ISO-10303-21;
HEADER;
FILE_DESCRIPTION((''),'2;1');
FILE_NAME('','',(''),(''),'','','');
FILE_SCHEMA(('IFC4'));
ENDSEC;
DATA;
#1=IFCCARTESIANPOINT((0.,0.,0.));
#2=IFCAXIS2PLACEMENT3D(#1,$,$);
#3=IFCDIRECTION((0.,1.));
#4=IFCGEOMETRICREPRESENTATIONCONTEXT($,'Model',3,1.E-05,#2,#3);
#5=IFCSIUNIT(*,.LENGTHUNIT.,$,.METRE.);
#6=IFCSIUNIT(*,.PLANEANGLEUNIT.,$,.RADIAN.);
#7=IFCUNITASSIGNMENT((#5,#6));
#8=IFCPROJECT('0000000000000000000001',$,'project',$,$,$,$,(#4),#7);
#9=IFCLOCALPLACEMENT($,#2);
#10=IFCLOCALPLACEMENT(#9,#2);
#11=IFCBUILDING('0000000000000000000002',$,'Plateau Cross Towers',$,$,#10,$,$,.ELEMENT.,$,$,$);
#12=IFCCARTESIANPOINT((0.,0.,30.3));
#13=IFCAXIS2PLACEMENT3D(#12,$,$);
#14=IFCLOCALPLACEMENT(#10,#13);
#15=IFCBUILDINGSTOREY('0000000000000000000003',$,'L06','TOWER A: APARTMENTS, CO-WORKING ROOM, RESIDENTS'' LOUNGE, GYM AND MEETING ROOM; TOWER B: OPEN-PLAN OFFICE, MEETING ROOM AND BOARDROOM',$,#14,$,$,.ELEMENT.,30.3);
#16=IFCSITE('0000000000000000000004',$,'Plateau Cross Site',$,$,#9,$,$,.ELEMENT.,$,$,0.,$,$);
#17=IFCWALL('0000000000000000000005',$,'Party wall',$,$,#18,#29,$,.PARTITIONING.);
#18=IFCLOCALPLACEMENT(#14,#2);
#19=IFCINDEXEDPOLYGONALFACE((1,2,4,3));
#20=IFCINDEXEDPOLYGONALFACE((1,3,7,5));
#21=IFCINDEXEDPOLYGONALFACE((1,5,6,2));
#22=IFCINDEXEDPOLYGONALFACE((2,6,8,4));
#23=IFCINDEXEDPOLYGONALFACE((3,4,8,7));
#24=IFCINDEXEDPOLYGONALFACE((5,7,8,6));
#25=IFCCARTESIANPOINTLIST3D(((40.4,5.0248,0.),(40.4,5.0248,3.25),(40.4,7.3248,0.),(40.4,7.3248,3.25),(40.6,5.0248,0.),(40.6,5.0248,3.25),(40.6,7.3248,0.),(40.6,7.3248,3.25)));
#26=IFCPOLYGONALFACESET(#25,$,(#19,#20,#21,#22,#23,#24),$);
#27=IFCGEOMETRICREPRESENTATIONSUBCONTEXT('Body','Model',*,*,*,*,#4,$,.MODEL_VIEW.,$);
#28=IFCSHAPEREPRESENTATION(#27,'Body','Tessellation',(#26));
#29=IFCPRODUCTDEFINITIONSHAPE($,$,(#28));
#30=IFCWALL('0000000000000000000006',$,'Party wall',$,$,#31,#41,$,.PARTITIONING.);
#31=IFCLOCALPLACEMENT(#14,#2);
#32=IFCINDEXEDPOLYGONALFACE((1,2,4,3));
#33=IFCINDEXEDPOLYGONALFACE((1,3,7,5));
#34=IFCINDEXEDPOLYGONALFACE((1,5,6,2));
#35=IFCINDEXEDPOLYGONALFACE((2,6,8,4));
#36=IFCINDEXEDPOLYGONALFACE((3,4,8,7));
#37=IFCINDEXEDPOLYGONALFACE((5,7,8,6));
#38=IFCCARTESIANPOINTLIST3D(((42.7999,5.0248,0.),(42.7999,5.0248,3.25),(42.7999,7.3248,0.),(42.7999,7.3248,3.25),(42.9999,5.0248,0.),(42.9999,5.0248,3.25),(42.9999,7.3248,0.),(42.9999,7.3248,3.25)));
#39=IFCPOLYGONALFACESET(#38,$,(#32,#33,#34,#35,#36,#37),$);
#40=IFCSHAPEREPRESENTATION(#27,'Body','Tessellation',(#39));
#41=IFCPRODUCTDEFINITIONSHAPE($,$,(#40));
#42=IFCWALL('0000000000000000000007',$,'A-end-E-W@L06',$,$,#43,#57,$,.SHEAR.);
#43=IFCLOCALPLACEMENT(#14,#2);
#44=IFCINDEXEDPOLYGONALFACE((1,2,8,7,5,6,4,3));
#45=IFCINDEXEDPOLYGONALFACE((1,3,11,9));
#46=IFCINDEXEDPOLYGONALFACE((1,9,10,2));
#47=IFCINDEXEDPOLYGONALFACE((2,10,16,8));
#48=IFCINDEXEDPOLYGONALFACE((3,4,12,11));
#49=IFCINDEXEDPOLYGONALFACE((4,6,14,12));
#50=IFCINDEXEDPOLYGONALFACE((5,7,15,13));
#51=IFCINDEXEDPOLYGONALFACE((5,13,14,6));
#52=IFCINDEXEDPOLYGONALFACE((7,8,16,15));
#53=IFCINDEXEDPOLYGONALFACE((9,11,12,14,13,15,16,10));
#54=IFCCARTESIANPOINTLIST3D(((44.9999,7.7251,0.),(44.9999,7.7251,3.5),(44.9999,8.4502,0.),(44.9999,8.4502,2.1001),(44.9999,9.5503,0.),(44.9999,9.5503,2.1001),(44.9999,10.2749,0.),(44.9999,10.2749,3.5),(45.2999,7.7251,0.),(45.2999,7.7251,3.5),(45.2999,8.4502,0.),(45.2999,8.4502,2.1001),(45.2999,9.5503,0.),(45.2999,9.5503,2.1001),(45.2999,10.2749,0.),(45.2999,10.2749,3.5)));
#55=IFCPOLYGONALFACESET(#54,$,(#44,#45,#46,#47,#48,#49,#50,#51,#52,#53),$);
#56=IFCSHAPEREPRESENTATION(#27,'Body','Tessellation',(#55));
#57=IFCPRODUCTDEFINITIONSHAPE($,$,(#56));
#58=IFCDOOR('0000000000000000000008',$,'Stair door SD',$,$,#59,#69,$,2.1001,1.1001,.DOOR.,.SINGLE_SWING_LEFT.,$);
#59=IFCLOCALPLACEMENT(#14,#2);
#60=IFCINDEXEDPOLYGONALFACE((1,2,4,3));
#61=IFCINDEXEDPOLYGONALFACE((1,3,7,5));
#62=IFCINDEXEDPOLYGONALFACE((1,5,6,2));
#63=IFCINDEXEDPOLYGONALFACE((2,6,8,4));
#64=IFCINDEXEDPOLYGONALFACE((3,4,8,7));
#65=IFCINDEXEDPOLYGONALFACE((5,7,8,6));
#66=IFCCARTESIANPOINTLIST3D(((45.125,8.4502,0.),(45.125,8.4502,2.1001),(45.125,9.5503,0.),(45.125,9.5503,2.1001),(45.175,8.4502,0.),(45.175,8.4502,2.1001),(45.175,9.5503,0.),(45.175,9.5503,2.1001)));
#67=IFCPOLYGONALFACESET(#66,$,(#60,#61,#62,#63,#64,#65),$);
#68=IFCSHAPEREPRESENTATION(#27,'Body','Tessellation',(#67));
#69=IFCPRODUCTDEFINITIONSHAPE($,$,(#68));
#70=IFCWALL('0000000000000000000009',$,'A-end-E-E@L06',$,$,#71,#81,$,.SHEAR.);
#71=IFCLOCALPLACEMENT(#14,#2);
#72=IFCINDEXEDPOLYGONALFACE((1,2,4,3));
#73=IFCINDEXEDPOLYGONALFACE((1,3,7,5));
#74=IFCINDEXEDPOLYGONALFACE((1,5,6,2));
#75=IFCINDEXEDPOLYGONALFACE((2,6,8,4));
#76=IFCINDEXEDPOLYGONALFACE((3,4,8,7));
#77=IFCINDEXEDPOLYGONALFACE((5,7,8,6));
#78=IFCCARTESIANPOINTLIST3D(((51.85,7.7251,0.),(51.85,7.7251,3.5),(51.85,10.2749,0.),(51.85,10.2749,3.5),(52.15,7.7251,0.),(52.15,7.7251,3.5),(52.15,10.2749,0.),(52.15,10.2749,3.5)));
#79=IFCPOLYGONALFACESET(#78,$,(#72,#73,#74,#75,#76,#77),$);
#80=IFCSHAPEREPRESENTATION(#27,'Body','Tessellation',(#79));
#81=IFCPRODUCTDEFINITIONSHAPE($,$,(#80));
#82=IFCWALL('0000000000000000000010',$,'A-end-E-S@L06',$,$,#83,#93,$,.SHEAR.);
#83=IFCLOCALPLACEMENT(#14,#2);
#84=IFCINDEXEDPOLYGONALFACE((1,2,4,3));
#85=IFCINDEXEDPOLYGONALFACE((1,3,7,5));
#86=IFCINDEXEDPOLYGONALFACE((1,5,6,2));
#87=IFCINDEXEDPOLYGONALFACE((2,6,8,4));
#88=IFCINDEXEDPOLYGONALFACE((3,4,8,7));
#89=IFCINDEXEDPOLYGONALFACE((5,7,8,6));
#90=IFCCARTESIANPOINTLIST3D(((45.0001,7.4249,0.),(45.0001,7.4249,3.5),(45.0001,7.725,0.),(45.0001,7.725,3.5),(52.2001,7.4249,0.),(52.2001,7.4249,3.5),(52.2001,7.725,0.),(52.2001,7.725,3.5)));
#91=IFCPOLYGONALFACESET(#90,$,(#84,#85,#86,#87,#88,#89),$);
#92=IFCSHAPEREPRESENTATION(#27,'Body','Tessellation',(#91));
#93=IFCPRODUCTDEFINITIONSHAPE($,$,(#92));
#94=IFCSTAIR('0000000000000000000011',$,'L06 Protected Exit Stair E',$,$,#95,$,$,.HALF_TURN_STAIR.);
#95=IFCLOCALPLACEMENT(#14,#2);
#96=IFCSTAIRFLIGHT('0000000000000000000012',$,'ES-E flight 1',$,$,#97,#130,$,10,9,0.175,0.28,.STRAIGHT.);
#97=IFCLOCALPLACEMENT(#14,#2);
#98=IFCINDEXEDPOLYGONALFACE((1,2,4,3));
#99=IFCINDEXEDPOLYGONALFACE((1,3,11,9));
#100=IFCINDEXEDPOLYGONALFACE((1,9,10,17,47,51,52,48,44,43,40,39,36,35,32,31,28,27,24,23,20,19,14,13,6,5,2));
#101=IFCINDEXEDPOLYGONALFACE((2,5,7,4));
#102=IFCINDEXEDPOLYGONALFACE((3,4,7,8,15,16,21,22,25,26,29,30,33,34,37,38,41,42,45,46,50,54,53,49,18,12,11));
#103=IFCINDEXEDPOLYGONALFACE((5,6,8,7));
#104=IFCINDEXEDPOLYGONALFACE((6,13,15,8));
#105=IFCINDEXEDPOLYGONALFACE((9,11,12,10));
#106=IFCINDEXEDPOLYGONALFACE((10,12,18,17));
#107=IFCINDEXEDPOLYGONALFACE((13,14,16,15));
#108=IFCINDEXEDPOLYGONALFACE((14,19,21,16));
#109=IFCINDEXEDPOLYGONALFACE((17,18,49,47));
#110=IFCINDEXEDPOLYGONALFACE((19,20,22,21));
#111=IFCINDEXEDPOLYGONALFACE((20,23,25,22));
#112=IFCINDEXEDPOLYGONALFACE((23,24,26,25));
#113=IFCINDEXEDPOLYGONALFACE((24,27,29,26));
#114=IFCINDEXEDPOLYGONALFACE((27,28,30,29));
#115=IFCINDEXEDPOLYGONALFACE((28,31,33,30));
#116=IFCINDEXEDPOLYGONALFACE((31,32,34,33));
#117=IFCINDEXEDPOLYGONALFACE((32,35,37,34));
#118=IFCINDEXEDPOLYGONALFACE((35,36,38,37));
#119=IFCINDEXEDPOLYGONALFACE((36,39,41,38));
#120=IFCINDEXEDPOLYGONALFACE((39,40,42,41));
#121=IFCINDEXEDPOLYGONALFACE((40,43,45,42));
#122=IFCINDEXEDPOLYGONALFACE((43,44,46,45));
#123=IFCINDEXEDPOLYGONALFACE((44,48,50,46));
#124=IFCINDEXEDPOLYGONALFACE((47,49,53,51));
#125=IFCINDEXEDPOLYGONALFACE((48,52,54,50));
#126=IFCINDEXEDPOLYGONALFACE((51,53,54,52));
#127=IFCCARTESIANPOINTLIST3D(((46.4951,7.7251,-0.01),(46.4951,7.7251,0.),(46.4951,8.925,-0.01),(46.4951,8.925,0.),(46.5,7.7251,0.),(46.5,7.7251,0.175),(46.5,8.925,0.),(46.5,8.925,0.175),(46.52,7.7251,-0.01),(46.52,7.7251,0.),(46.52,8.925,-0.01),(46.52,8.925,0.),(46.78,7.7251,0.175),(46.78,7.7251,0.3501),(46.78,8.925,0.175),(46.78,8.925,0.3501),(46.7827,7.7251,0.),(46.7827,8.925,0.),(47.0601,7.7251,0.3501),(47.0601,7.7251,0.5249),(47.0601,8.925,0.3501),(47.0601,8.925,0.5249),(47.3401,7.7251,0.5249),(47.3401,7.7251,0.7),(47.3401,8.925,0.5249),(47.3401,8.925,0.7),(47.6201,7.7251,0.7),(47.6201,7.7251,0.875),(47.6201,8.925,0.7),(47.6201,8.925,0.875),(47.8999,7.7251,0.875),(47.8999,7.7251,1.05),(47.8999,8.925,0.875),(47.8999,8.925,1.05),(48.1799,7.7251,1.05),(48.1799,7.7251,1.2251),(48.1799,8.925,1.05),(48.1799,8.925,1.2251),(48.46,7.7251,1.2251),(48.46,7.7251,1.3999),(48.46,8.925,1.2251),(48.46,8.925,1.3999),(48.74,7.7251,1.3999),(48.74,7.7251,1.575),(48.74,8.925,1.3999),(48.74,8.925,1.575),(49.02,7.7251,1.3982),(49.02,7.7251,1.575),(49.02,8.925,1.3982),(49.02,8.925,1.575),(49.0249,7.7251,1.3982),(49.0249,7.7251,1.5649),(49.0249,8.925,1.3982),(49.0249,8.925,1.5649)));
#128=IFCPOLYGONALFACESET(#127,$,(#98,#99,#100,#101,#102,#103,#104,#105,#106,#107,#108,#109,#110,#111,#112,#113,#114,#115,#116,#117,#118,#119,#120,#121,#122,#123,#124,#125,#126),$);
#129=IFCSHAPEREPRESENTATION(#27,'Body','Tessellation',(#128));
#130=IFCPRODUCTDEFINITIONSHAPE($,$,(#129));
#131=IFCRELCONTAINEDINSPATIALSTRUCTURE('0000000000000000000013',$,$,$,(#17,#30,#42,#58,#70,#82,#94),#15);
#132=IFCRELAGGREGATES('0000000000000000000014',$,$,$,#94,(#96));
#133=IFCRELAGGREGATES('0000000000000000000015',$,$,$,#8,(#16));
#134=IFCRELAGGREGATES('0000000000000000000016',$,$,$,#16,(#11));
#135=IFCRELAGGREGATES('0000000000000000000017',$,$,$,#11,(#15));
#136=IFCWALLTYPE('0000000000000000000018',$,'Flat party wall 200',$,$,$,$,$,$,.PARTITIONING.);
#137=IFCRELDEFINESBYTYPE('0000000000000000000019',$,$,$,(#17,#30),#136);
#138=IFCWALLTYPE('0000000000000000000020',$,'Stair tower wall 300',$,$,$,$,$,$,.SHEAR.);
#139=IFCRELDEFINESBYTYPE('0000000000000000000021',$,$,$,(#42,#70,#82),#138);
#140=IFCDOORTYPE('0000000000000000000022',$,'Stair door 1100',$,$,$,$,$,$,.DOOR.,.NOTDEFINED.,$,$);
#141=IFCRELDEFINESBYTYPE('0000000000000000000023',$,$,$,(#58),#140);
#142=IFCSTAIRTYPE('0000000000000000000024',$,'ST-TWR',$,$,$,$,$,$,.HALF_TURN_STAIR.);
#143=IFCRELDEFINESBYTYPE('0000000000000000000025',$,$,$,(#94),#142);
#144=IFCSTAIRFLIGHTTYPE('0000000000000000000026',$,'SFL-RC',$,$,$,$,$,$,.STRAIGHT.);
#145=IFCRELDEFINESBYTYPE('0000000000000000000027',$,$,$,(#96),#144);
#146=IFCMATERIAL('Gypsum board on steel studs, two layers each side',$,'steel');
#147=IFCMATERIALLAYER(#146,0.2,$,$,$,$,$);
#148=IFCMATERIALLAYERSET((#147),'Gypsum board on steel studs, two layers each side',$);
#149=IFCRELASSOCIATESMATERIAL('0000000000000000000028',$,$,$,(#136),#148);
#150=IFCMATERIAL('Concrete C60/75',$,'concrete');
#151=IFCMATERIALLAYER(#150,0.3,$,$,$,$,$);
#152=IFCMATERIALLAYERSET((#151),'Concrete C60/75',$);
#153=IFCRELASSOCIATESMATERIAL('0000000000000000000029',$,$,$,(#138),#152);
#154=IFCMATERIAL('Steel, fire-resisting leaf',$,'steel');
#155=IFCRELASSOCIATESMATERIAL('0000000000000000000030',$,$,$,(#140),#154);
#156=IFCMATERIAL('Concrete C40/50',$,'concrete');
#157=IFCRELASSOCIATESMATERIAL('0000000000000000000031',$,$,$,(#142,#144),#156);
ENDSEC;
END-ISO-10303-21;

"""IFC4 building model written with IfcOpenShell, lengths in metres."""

from ifc_helpers import new_model, si_unit, direction, frame, frame_2d, origin, place, context, subcontext, project, spatial, polyline, rectangle, outline, extrude, material, layer, layer_set, type_object, element, fill, aggregate, save


model = new_model("IFC4")

# Units and contexts
model_context = context("Model", 3, precision=1e-05, world=origin(), true_north=direction((0.0, 1.0)))
body_context = subcontext(model_context, "Body", "Model", "MODEL_VIEW")
ifc_project = project(units=[si_unit("LENGTHUNIT", "METRE"), si_unit("PLANEANGLEUNIT", "RADIAN")], contexts=[model_context])

# Site, building, storey
site_placement = place(None, origin())
site = spatial("IfcSite", under=ifc_project, at=site_placement, Name="Plateau Cross Site", CompositionType="ELEMENT", RefElevation=0.0)
building_placement = place(site_placement, origin())
building = spatial("IfcBuilding", under=site, at=building_placement, Name="Plateau Cross Towers", CompositionType="ELEMENT")
storey_placement = place(building_placement, frame((0.0, 0.0, 30.3)))
storey = spatial("IfcBuildingStorey", under=building, at=storey_placement, Name="L06", Description="TOWER A: APARTMENTS, CO-WORKING ROOM, RESIDENTS' LOUNGE, GYM AND MEETING ROOM; TOWER B: OPEN-PLAN OFFICE, MEETING ROOM AND BOARDROOM", CompositionType="ELEMENT", Elevation=30.3)

# Shared definitions
ifc_material_1 = material(Name="Concrete C60/75", Category="concrete")

# Walls
ifc_material_2 = material(Name="Gypsum board on steel studs, two layers each side", Category="steel")
ifc_layer_1 = layer(ifc_material_2, 0.2)
ifc_layer_set_1 = layer_set([ifc_layer_1], Name="Gypsum board on steel studs, two layers each side")
wall_type_1 = type_object("IfcWallType", Name="Flat party wall 200", PredefinedType="PARTITIONING", material=ifc_layer_set_1)
for number, where, z_axis, x_axis, name in (
    (1, (40.5, 5.0249, 0.0), (0.0, 0.0, 1.0), (0.0, 1.0, 0.0), "Party wall"),
    (2, (42.8999, 5.0249, 0.0), (0.0, 0.0, 1.0), (0.0, 1.0, 0.0), "Party wall"),
):
    element("IfcWall", number, at=place(storey_placement, frame(where, z_axis=z_axis, x_axis=x_axis)), inside=storey, type_object=wall_type_1, Name=name, PredefinedType="PARTITIONING", context=body_context, shape_type="SweptSolid", body=[
        extrude(rectangle(XDim=2.3, YDim=0.2, at=frame_2d((1.1499, 0.0))), origin(), (0.0, 0.0, 1.0), 3.25),
    ])

# Wall, opening, door
ifc_layer_2 = layer(ifc_material_1, 0.3)
ifc_layer_set_2 = layer_set([ifc_layer_2], Name="Concrete C60/75")
wall_type_2 = type_object("IfcWallType", Name="Stair tower wall 300", PredefinedType="SHEAR", material=ifc_layer_set_2)
wall_1_placement = place(storey_placement, frame((45.1499, 7.7251, 0.0), z_axis=(0.0, 0.0, 1.0), x_axis=(0.0, 1.0, 0.0)))
wall_1 = element("IfcWall", 3, at=wall_1_placement, inside=storey, type_object=wall_type_2, Name="A-end-E-W@L06", PredefinedType="SHEAR", context=body_context, shape_type="SweptSolid", body=[
    extrude(rectangle(XDim=2.5498, YDim=0.3, at=frame_2d((1.2749, 0.0))), origin(), (0.0, 0.0, 1.0), 3.5),
])
opening_1_placement = place(wall_1_placement, frame((0.7251, 0.0, 0.0)))
opening_1 = element("IfcOpeningElement", 4, at=opening_1_placement, cuts=wall_1, PredefinedType="OPENING", context=body_context, shape_type="SweptSolid", body=[
    extrude(rectangle(XDim=1.1001, YDim=2.1001, at=frame_2d((0.55, 1.05))), frame((0.0, 0.1599, 0.0), z_axis=(0.0, -1.0, 0.0), x_axis=(1.0, 0.0, 0.0)), (0.0, 0.0, 1.0), 0.3201),
])
ifc_material_3 = material(Name="Steel, fire-resisting leaf", Category="steel")
door_type_1 = type_object("IfcDoorType", Name="Stair door 1100", OperationType="NOTDEFINED", PredefinedType="DOOR", material=ifc_material_3)
door_1_placement = place(opening_1_placement, origin())
door_1 = element("IfcDoor", 5, at=door_1_placement, inside=storey, type_object=door_type_1, Name="Stair door SD", OperationType="SINGLE_SWING_LEFT", OverallHeight=2.1001, OverallWidth=1.1001, PredefinedType="DOOR", context=body_context, shape_type="SweptSolid", body=[
    extrude(rectangle(XDim=1.1001, YDim=2.1001, at=frame_2d((0.55, 1.05))), frame((0.0, 0.0249, 0.0), z_axis=(0.0, -1.0, 0.0), x_axis=(1.0, 0.0, 0.0)), (0.0, 0.0, 1.0), 0.05),
])
fill(opening_1, door_1)

# Walls
wall_2_placement = place(storey_placement, frame((52.0, 7.7251, 0.0), z_axis=(0.0, 0.0, 1.0), x_axis=(0.0, 1.0, 0.0)))
element("IfcWall", 6, at=wall_2_placement, inside=storey, type_object=wall_type_2, Name="A-end-E-E@L06", PredefinedType="SHEAR", context=body_context, shape_type="SweptSolid", body=[
    extrude(rectangle(XDim=2.5498, YDim=0.3, at=frame_2d((1.2749, 0.0))), origin(), (0.0, 0.0, 1.0), 3.5),
])
wall_3_placement = place(storey_placement, frame((45.0, 7.575, 0.0), z_axis=(0.0, 0.0, 1.0), x_axis=(1.0, 0.0, 0.0)))
element("IfcWall", 7, at=wall_3_placement, inside=storey, type_object=wall_type_2, Name="A-end-E-S@L06", PredefinedType="SHEAR", context=body_context, shape_type="SweptSolid", body=[
    extrude(rectangle(XDim=7.2, YDim=0.3, at=frame_2d((3.6001, 0.0))), origin(), (0.0, 0.0, 1.0), 3.5),
])

# Stair, stair flight
ifc_material_4 = material(Name="Concrete C40/50", Category="concrete")
stair_type = type_object("IfcStairType", Name="ST-TWR", PredefinedType="HALF_TURN_STAIR", material=ifc_material_4)
stair_placement = place(storey_placement, origin())
stair = element("IfcStair", 8, at=stair_placement, inside=storey, type_object=stair_type, Name="L06 Protected Exit Stair E", PredefinedType="HALF_TURN_STAIR")
stair_flight_type = type_object("IfcStairFlightType", Name="SFL-RC", PredefinedType="STRAIGHT", material=ifc_material_4)
stair_flight_placement = place(storey_placement, frame((46.5, 8.325, 0.0), z_axis=(0.0, 0.0, 1.0), x_axis=(1.0, 0.0, 0.0)))
stair_flight = element("IfcStairFlight", 9, at=stair_flight_placement, type_object=stair_flight_type, Name="ES-E flight 1", NumberOfRisers=10, NumberOfTreads=9, PredefinedType="STRAIGHT", RiserHeight=0.175, TreadLength=0.28, context=body_context, shape_type="SweptSolid", body=[
    extrude(outline(polyline([(-0.0049, -0.01), (-0.0049, 0.0), (0.0, 0.0), (0.0, 0.175), (0.28, 0.175), (0.28, 0.3501), (0.5601, 0.3501), (0.5601, 0.5249), (0.8401, 0.5249), (0.8401, 0.7), (1.1201, 0.7), (1.1201, 0.875), (1.3999, 0.875), (1.3999, 1.05), (1.6799, 1.05), (1.6799, 1.2251), (1.96, 1.2251), (1.96, 1.3999), (2.24, 1.3999), (2.24, 1.575), (2.52, 1.575), (2.5249, 1.5649), (2.5249, 1.3982), (2.52, 1.3982), (0.2827, 0.0), (0.02, 0.0), (0.02, -0.01), (-0.0049, -0.01)])), frame((0.0, 0.6001, 0.0), z_axis=(0.0, -1.0, 0.0), x_axis=(1.0, 0.0, 0.0)), (0.0, 0.0, 1.0), 1.2),
])
aggregate(stair, [stair_flight])

save(model, "model.ifc")
